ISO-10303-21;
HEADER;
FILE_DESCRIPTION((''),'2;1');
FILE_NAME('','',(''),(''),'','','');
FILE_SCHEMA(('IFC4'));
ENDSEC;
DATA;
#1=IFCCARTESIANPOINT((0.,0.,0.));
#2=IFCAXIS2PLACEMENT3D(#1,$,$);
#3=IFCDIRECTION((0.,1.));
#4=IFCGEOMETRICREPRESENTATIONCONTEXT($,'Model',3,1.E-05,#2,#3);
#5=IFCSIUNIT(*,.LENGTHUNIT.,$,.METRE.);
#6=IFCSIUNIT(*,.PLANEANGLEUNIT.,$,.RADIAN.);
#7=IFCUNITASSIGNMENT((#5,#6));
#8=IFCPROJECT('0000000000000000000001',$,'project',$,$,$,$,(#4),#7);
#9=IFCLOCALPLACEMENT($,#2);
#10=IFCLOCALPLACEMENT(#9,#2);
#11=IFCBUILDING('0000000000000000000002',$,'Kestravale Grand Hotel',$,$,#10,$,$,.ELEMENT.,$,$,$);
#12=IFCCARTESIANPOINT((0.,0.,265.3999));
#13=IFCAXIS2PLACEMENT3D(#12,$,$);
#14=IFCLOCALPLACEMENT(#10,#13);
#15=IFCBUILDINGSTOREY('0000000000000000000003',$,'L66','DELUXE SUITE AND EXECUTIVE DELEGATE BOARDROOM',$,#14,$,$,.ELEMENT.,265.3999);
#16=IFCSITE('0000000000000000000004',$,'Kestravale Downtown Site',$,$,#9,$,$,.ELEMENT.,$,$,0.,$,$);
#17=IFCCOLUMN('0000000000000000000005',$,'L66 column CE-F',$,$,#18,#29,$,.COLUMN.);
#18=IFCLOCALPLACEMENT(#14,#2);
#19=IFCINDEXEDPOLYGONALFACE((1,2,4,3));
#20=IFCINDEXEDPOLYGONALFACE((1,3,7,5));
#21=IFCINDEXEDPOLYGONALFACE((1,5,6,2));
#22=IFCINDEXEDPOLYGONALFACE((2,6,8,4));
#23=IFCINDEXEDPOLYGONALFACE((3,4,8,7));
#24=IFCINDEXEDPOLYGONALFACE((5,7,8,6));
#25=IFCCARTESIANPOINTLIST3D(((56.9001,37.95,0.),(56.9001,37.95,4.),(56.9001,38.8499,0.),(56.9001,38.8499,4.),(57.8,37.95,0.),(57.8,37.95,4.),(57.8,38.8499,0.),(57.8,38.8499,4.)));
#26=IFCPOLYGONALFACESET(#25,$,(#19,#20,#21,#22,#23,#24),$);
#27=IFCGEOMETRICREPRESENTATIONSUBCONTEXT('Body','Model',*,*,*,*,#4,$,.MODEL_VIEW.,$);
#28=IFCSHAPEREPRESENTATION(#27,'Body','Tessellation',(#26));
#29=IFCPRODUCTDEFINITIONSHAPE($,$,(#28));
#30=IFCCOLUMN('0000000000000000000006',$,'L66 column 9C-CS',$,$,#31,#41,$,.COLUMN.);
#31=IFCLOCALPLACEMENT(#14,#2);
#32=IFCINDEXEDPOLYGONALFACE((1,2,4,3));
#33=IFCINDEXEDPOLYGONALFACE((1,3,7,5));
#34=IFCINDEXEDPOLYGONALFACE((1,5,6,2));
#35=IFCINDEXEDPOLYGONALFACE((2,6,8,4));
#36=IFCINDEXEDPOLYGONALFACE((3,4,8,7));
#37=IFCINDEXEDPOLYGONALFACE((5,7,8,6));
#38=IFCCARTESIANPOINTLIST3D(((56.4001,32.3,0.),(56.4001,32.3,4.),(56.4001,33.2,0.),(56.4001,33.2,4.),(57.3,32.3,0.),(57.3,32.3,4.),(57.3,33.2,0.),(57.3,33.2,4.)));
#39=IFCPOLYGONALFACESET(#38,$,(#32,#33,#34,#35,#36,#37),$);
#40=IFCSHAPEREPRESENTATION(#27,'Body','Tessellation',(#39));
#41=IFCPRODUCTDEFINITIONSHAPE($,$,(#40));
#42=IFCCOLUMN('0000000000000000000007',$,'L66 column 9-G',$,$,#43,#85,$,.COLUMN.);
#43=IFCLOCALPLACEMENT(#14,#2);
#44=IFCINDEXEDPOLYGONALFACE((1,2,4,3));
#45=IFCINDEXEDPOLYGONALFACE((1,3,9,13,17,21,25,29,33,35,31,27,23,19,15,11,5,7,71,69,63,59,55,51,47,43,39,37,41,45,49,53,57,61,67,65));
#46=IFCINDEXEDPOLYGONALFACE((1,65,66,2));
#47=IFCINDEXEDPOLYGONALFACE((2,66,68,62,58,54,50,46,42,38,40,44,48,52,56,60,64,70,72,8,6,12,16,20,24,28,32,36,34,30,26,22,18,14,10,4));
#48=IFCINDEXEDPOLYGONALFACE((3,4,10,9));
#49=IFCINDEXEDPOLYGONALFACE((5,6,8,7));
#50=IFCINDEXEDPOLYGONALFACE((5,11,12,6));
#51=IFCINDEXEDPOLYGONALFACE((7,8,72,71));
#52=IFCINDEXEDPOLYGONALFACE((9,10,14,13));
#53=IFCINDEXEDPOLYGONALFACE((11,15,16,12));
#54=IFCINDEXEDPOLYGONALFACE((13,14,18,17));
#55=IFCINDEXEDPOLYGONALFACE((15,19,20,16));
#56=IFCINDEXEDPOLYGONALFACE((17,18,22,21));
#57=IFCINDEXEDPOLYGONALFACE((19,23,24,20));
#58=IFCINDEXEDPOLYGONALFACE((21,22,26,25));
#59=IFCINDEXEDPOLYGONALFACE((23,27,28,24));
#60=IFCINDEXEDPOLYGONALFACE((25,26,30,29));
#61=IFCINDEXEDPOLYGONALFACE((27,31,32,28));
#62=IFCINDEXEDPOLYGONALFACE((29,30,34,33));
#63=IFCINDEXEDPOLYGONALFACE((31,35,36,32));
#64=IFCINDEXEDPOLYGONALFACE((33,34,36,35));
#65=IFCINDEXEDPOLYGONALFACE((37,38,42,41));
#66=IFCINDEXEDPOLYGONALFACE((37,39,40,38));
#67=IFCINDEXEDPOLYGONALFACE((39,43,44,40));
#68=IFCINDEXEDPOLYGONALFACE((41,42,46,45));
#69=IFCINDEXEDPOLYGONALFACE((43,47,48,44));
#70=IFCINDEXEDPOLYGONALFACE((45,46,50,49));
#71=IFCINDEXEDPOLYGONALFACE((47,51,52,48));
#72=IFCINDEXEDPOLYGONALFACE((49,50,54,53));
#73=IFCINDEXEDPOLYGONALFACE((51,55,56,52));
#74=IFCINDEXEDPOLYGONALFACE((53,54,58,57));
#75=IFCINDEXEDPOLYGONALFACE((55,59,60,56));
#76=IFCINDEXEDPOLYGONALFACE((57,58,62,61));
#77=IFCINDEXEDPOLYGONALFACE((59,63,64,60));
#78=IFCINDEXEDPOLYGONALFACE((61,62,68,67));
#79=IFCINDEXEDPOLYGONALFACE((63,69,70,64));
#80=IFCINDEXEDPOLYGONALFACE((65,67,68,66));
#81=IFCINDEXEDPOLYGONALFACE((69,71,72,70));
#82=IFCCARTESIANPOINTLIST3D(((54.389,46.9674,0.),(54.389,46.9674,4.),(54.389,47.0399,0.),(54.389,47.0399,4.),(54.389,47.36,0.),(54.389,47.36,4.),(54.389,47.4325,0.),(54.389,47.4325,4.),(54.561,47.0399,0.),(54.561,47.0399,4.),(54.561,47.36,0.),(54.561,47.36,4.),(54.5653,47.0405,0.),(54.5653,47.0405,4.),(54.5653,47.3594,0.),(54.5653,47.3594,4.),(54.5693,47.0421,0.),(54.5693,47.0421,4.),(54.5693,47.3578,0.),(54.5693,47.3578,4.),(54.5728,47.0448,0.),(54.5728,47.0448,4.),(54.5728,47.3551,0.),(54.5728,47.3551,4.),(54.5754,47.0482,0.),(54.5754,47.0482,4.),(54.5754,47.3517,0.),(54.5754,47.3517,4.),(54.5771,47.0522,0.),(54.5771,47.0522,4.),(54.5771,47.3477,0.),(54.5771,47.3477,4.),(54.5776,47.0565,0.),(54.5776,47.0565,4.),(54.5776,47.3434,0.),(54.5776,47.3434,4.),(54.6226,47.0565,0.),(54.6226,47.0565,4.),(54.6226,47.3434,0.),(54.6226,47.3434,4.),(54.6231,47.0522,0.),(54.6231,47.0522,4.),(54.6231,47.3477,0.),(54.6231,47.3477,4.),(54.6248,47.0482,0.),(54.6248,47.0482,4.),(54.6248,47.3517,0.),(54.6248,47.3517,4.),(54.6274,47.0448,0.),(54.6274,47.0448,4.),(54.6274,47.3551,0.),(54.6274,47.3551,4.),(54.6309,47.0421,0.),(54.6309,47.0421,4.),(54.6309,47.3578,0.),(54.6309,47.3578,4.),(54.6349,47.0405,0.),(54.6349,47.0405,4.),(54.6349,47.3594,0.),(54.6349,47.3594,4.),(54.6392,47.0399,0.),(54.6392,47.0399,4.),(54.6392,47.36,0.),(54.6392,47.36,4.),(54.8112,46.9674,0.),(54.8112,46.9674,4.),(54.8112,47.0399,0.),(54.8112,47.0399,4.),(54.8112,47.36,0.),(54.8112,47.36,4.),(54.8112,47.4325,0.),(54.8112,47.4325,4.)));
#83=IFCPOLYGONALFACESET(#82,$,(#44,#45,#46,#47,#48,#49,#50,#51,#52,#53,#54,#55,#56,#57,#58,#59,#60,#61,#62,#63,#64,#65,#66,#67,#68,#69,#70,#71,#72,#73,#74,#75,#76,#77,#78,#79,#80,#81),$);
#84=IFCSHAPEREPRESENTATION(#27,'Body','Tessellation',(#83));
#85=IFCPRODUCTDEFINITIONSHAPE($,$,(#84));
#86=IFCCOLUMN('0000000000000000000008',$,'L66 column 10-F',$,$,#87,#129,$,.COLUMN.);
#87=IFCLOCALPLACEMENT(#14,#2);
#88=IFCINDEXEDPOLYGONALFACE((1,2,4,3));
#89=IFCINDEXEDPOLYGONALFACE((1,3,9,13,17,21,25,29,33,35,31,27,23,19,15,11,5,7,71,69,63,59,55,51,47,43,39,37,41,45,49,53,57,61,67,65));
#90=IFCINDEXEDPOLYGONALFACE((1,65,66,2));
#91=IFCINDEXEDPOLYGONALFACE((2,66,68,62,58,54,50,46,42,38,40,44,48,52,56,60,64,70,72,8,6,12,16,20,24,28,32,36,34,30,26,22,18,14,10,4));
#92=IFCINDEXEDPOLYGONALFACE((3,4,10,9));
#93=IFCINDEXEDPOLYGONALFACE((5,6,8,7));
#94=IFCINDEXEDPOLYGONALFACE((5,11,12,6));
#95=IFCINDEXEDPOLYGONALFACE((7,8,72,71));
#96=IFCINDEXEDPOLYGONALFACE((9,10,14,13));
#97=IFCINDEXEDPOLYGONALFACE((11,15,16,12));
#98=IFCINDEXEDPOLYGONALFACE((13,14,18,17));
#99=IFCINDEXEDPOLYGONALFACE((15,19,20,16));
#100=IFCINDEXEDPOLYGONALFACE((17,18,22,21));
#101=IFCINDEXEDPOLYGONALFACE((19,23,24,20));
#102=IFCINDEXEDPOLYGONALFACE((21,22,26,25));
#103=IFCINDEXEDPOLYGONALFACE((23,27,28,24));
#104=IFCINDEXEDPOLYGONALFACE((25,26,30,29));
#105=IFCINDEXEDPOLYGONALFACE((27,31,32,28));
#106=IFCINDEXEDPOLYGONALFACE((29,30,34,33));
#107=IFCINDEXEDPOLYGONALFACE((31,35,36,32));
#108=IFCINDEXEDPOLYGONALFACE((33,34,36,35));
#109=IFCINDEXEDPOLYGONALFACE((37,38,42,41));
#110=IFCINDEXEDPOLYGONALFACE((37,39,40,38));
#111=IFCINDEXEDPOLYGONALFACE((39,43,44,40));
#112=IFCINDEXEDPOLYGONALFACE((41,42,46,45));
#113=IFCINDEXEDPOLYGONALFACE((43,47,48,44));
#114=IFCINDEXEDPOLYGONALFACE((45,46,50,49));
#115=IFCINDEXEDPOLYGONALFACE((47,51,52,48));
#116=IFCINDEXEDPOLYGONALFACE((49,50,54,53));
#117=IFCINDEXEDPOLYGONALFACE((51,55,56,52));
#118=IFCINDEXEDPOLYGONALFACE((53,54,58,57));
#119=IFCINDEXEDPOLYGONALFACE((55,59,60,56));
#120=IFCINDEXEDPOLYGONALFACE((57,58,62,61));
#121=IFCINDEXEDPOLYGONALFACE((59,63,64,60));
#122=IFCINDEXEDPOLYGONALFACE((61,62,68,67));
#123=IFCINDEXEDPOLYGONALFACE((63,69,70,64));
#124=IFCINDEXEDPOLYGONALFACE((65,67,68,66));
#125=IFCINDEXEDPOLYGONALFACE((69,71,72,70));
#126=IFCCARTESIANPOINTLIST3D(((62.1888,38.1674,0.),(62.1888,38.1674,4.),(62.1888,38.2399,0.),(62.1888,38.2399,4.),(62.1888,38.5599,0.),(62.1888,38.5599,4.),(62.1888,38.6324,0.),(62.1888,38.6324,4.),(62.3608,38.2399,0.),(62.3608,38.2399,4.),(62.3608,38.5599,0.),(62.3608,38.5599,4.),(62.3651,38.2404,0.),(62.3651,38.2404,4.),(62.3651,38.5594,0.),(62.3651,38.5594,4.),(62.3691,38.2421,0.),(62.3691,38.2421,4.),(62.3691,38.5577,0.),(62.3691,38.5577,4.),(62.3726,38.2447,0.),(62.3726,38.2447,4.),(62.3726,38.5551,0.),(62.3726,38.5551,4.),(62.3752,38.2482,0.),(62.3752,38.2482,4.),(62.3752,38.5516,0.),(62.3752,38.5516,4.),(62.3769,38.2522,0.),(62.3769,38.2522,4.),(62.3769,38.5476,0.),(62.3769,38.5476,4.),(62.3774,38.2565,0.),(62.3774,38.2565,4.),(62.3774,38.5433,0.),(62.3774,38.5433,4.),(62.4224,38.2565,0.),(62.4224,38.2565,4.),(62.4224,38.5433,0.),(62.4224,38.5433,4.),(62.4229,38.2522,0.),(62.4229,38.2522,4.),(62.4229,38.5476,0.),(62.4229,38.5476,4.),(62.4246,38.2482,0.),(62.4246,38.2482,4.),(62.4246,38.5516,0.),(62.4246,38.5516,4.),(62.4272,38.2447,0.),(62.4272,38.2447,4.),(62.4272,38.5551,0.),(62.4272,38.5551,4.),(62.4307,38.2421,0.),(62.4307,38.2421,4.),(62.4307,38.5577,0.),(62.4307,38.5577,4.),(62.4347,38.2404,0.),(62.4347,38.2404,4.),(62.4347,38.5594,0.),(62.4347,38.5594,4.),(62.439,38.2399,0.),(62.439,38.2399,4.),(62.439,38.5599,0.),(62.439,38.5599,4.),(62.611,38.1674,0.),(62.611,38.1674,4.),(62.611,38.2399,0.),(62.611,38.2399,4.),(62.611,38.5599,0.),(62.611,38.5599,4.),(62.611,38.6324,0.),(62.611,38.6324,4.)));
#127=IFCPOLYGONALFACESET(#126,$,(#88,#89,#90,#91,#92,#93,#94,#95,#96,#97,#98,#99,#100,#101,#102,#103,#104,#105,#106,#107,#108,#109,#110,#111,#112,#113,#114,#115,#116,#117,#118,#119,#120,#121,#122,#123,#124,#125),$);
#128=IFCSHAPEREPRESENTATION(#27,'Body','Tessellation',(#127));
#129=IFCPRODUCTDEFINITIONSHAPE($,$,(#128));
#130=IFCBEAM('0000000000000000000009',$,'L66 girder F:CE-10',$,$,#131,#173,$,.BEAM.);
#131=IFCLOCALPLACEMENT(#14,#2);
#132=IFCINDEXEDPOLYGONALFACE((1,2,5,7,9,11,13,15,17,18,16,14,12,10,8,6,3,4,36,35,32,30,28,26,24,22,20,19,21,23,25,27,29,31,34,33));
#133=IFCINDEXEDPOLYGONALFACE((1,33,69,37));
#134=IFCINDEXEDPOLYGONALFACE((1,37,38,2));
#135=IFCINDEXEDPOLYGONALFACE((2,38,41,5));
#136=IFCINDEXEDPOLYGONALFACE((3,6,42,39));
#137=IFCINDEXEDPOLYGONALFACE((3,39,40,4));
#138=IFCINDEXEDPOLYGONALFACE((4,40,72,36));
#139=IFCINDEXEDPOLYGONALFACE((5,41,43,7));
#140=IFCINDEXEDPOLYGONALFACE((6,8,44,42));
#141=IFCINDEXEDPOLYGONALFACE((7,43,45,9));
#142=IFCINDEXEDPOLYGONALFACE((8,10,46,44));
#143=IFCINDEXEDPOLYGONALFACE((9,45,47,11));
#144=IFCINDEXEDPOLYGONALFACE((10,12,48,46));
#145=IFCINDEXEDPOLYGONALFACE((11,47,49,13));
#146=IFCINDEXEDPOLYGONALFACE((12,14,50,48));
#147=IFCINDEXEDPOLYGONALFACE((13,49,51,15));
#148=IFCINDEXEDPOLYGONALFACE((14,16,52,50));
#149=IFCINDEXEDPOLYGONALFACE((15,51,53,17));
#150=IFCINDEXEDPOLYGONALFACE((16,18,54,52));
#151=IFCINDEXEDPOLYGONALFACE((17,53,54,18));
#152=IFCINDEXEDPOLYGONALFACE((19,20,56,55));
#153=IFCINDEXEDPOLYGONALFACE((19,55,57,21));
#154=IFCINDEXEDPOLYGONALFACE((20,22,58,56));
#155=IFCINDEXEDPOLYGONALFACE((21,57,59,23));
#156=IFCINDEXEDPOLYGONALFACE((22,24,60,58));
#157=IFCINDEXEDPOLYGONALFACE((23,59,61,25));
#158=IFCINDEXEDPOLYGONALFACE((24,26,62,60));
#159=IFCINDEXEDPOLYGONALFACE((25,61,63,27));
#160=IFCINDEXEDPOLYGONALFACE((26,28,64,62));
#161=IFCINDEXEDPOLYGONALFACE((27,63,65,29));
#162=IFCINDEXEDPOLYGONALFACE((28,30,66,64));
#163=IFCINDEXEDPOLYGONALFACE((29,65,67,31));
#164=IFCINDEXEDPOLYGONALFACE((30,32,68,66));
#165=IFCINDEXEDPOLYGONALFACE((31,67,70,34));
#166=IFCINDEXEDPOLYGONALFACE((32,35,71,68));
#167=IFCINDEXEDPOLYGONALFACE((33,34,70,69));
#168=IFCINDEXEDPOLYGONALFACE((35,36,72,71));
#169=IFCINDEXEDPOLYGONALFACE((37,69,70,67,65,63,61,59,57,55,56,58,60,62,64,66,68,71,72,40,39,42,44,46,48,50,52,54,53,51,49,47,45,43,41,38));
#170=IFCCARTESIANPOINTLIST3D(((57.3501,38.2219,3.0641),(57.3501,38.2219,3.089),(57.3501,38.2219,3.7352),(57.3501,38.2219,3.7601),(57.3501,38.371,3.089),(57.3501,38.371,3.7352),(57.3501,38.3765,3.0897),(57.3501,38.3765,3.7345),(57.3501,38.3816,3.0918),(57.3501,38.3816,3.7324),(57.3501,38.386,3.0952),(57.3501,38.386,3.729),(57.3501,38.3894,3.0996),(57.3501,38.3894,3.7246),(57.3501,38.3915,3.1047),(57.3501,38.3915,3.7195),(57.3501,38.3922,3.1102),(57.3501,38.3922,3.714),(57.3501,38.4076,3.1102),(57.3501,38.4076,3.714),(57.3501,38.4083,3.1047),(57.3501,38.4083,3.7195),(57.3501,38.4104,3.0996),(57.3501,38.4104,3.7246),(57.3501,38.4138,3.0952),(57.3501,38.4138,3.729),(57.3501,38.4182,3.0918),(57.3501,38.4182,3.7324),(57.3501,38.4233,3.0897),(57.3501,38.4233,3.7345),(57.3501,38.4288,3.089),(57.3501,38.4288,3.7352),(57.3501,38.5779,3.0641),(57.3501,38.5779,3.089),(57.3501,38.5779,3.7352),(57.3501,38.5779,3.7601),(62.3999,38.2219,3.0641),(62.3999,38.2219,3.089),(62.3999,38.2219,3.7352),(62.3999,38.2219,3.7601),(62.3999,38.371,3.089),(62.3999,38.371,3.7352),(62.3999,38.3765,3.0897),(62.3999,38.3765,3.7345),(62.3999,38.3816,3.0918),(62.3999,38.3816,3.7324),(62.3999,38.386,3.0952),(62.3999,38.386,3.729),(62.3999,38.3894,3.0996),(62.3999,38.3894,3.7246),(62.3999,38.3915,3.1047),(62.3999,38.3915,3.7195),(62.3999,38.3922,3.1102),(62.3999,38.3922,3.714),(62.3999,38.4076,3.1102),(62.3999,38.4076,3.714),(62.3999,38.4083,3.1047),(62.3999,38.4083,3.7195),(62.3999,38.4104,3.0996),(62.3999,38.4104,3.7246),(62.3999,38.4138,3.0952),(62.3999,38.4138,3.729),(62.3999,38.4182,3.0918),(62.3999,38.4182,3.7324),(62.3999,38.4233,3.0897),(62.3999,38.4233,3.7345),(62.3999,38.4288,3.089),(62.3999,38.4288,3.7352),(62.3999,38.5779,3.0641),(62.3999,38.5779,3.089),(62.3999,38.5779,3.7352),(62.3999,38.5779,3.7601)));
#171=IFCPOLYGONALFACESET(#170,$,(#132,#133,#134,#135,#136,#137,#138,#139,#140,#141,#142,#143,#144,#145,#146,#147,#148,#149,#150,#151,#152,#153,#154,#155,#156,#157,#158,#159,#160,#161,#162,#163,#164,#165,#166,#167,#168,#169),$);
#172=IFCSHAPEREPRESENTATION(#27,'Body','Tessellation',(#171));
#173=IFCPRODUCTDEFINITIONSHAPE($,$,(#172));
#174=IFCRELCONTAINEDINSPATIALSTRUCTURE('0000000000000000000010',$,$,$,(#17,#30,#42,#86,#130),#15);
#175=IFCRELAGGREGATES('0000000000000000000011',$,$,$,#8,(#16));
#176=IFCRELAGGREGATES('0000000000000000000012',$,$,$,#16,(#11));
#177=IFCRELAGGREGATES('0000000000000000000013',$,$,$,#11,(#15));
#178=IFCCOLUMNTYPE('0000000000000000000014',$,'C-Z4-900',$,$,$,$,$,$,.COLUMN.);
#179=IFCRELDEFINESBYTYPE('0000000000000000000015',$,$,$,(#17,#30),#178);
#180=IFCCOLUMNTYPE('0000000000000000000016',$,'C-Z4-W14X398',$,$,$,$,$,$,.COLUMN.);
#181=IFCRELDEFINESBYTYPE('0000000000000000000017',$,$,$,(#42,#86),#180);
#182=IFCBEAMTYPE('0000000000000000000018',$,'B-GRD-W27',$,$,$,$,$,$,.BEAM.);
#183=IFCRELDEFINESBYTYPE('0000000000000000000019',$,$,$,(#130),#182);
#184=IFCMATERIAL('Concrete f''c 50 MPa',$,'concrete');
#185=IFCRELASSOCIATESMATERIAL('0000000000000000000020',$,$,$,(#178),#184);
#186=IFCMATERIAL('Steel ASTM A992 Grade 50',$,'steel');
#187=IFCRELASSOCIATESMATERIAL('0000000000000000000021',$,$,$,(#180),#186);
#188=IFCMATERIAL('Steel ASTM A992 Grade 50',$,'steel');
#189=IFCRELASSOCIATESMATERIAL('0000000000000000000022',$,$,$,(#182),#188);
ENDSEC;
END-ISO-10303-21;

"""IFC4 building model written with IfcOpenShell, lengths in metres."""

from ifc_helpers import new_model, si_unit, direction, frame, origin, origin_2d, place, context, subcontext, project, spatial, rectangle, i_section, extrude, material, material_profile, profile_set, type_object, element, save


model = new_model("IFC4")

# Units and contexts
model_context = context("Model", 3, precision=1e-05, world=origin(), true_north=direction((0.0, 1.0)))
body_context = subcontext(model_context, "Body", "Model", "MODEL_VIEW")
ifc_project = project(units=[si_unit("LENGTHUNIT", "METRE"), si_unit("PLANEANGLEUNIT", "RADIAN")], contexts=[model_context])

# Site, building, storey
site_placement = place(None, origin())
site = spatial("IfcSite", under=ifc_project, at=site_placement, Name="Kestravale Downtown Site", CompositionType="ELEMENT", RefElevation=0.0)
building_placement = place(site_placement, origin())
building = spatial("IfcBuilding", under=site, at=building_placement, Name="Kestravale Grand Hotel", CompositionType="ELEMENT")
storey_placement = place(building_placement, frame((0.0, 0.0, 265.3999)))
storey = spatial("IfcBuildingStorey", under=building, at=storey_placement, Name="L66", Description="DELUXE SUITE AND EXECUTIVE DELEGATE BOARDROOM", CompositionType="ELEMENT", Elevation=265.3999)

# Columns
ifc_material_1 = material(Name="Concrete f'c 50 MPa", Category="concrete")
ifc_material_profile_1 = material_profile(ifc_material_1, rectangle(XDim=0.8999, YDim=0.8999, at=origin_2d()))
ifc_profile_set_1 = profile_set([ifc_material_profile_1], Name="Concrete f'c 50 MPa")
column_type_1 = type_object("IfcColumnType", Name="C-Z4-900", PredefinedType="COLUMN", material=ifc_profile_set_1)
for number, where, z_axis, x_axis, name in (
    (1, (57.3501, 38.3999, 0.0), (0.0, 0.0, 1.0), (1.0, 0.0, 0.0), "L66 column CE-F"),
    (2, (56.8501, 32.75, 0.0), (0.0, 0.0, 1.0), (1.0, 0.0, 0.0), "L66 column 9C-CS"),
):
    element("IfcColumn", number, at=place(storey_placement, frame(where, z_axis=z_axis, x_axis=x_axis)), inside=storey, type_object=column_type_1, Name=name, PredefinedType="COLUMN", context=body_context, shape_type="SweptSolid", body=[
        extrude(rectangle(XDim=0.8999, YDim=0.8999, at=origin_2d()), origin(), (0.0, 0.0, 1.0), 4.0),
    ])
ifc_material_2 = material(Name="Steel ASTM A992 Grade 50", Category="steel")
ifc_material_profile_2 = material_profile(ifc_material_2, i_section(OverallWidth=0.4221, OverallDepth=0.4651, WebThickness=0.0449, FlangeThickness=0.0725, FilletRadius=0.0166, at=origin_2d()))
ifc_profile_set_2 = profile_set([ifc_material_profile_2], Name="Steel ASTM A992 Grade 50")
column_type_2 = type_object("IfcColumnType", Name="C-Z4-W14X398", PredefinedType="COLUMN", material=ifc_profile_set_2)
for number, where, z_axis, x_axis, name in (
    (3, (54.6001, 47.2, 0.0), (0.0, 0.0, 1.0), (1.0, 0.0, 0.0), "L66 column 9-G"),
    (4, (62.3999, 38.3999, 0.0), (0.0, 0.0, 1.0), (1.0, 0.0, 0.0), "L66 column 10-F"),
):
    element("IfcColumn", number, at=place(storey_placement, frame(where, z_axis=z_axis, x_axis=x_axis)), inside=storey, type_object=column_type_2, Name=name, PredefinedType="COLUMN", context=body_context, shape_type="SweptSolid", body=[
        extrude(i_section(OverallWidth=0.4221, OverallDepth=0.4651, WebThickness=0.0449, FlangeThickness=0.0725, FilletRadius=0.0166, at=origin_2d()), origin(), (0.0, 0.0, 1.0), 4.0),
    ])

# Beam
ifc_material_3 = material(Name="Steel ASTM A992 Grade 50", Category="steel")
ifc_material_profile_3 = material_profile(ifc_material_3, i_section(OverallWidth=0.356, OverallDepth=0.696, WebThickness=0.0154, FlangeThickness=0.0249, FilletRadius=0.0212, at=origin_2d()))
ifc_profile_set_3 = profile_set([ifc_material_profile_3], Name="Steel ASTM A992 Grade 50")
beam_type = type_object("IfcBeamType", Name="B-GRD-W27", PredefinedType="BEAM", material=ifc_profile_set_3)
beam_1_placement = place(storey_placement, frame((57.3501, 38.3999, 3.4121), z_axis=(1.0, 0.0, 0.0), x_axis=(0.0, 1.0, 0.0)))
element("IfcBeam", 5, at=beam_1_placement, inside=storey, type_object=beam_type, Name="L66 girder F:CE-10", PredefinedType="BEAM", context=body_context, shape_type="SweptSolid", body=[
    extrude(i_section(OverallWidth=0.356, OverallDepth=0.696, WebThickness=0.0154, FlangeThickness=0.0249, FilletRadius=0.0212, at=origin_2d()), origin(), (0.0, 0.0, 1.0), 5.0498),
])

save(model, "model.ifc")
